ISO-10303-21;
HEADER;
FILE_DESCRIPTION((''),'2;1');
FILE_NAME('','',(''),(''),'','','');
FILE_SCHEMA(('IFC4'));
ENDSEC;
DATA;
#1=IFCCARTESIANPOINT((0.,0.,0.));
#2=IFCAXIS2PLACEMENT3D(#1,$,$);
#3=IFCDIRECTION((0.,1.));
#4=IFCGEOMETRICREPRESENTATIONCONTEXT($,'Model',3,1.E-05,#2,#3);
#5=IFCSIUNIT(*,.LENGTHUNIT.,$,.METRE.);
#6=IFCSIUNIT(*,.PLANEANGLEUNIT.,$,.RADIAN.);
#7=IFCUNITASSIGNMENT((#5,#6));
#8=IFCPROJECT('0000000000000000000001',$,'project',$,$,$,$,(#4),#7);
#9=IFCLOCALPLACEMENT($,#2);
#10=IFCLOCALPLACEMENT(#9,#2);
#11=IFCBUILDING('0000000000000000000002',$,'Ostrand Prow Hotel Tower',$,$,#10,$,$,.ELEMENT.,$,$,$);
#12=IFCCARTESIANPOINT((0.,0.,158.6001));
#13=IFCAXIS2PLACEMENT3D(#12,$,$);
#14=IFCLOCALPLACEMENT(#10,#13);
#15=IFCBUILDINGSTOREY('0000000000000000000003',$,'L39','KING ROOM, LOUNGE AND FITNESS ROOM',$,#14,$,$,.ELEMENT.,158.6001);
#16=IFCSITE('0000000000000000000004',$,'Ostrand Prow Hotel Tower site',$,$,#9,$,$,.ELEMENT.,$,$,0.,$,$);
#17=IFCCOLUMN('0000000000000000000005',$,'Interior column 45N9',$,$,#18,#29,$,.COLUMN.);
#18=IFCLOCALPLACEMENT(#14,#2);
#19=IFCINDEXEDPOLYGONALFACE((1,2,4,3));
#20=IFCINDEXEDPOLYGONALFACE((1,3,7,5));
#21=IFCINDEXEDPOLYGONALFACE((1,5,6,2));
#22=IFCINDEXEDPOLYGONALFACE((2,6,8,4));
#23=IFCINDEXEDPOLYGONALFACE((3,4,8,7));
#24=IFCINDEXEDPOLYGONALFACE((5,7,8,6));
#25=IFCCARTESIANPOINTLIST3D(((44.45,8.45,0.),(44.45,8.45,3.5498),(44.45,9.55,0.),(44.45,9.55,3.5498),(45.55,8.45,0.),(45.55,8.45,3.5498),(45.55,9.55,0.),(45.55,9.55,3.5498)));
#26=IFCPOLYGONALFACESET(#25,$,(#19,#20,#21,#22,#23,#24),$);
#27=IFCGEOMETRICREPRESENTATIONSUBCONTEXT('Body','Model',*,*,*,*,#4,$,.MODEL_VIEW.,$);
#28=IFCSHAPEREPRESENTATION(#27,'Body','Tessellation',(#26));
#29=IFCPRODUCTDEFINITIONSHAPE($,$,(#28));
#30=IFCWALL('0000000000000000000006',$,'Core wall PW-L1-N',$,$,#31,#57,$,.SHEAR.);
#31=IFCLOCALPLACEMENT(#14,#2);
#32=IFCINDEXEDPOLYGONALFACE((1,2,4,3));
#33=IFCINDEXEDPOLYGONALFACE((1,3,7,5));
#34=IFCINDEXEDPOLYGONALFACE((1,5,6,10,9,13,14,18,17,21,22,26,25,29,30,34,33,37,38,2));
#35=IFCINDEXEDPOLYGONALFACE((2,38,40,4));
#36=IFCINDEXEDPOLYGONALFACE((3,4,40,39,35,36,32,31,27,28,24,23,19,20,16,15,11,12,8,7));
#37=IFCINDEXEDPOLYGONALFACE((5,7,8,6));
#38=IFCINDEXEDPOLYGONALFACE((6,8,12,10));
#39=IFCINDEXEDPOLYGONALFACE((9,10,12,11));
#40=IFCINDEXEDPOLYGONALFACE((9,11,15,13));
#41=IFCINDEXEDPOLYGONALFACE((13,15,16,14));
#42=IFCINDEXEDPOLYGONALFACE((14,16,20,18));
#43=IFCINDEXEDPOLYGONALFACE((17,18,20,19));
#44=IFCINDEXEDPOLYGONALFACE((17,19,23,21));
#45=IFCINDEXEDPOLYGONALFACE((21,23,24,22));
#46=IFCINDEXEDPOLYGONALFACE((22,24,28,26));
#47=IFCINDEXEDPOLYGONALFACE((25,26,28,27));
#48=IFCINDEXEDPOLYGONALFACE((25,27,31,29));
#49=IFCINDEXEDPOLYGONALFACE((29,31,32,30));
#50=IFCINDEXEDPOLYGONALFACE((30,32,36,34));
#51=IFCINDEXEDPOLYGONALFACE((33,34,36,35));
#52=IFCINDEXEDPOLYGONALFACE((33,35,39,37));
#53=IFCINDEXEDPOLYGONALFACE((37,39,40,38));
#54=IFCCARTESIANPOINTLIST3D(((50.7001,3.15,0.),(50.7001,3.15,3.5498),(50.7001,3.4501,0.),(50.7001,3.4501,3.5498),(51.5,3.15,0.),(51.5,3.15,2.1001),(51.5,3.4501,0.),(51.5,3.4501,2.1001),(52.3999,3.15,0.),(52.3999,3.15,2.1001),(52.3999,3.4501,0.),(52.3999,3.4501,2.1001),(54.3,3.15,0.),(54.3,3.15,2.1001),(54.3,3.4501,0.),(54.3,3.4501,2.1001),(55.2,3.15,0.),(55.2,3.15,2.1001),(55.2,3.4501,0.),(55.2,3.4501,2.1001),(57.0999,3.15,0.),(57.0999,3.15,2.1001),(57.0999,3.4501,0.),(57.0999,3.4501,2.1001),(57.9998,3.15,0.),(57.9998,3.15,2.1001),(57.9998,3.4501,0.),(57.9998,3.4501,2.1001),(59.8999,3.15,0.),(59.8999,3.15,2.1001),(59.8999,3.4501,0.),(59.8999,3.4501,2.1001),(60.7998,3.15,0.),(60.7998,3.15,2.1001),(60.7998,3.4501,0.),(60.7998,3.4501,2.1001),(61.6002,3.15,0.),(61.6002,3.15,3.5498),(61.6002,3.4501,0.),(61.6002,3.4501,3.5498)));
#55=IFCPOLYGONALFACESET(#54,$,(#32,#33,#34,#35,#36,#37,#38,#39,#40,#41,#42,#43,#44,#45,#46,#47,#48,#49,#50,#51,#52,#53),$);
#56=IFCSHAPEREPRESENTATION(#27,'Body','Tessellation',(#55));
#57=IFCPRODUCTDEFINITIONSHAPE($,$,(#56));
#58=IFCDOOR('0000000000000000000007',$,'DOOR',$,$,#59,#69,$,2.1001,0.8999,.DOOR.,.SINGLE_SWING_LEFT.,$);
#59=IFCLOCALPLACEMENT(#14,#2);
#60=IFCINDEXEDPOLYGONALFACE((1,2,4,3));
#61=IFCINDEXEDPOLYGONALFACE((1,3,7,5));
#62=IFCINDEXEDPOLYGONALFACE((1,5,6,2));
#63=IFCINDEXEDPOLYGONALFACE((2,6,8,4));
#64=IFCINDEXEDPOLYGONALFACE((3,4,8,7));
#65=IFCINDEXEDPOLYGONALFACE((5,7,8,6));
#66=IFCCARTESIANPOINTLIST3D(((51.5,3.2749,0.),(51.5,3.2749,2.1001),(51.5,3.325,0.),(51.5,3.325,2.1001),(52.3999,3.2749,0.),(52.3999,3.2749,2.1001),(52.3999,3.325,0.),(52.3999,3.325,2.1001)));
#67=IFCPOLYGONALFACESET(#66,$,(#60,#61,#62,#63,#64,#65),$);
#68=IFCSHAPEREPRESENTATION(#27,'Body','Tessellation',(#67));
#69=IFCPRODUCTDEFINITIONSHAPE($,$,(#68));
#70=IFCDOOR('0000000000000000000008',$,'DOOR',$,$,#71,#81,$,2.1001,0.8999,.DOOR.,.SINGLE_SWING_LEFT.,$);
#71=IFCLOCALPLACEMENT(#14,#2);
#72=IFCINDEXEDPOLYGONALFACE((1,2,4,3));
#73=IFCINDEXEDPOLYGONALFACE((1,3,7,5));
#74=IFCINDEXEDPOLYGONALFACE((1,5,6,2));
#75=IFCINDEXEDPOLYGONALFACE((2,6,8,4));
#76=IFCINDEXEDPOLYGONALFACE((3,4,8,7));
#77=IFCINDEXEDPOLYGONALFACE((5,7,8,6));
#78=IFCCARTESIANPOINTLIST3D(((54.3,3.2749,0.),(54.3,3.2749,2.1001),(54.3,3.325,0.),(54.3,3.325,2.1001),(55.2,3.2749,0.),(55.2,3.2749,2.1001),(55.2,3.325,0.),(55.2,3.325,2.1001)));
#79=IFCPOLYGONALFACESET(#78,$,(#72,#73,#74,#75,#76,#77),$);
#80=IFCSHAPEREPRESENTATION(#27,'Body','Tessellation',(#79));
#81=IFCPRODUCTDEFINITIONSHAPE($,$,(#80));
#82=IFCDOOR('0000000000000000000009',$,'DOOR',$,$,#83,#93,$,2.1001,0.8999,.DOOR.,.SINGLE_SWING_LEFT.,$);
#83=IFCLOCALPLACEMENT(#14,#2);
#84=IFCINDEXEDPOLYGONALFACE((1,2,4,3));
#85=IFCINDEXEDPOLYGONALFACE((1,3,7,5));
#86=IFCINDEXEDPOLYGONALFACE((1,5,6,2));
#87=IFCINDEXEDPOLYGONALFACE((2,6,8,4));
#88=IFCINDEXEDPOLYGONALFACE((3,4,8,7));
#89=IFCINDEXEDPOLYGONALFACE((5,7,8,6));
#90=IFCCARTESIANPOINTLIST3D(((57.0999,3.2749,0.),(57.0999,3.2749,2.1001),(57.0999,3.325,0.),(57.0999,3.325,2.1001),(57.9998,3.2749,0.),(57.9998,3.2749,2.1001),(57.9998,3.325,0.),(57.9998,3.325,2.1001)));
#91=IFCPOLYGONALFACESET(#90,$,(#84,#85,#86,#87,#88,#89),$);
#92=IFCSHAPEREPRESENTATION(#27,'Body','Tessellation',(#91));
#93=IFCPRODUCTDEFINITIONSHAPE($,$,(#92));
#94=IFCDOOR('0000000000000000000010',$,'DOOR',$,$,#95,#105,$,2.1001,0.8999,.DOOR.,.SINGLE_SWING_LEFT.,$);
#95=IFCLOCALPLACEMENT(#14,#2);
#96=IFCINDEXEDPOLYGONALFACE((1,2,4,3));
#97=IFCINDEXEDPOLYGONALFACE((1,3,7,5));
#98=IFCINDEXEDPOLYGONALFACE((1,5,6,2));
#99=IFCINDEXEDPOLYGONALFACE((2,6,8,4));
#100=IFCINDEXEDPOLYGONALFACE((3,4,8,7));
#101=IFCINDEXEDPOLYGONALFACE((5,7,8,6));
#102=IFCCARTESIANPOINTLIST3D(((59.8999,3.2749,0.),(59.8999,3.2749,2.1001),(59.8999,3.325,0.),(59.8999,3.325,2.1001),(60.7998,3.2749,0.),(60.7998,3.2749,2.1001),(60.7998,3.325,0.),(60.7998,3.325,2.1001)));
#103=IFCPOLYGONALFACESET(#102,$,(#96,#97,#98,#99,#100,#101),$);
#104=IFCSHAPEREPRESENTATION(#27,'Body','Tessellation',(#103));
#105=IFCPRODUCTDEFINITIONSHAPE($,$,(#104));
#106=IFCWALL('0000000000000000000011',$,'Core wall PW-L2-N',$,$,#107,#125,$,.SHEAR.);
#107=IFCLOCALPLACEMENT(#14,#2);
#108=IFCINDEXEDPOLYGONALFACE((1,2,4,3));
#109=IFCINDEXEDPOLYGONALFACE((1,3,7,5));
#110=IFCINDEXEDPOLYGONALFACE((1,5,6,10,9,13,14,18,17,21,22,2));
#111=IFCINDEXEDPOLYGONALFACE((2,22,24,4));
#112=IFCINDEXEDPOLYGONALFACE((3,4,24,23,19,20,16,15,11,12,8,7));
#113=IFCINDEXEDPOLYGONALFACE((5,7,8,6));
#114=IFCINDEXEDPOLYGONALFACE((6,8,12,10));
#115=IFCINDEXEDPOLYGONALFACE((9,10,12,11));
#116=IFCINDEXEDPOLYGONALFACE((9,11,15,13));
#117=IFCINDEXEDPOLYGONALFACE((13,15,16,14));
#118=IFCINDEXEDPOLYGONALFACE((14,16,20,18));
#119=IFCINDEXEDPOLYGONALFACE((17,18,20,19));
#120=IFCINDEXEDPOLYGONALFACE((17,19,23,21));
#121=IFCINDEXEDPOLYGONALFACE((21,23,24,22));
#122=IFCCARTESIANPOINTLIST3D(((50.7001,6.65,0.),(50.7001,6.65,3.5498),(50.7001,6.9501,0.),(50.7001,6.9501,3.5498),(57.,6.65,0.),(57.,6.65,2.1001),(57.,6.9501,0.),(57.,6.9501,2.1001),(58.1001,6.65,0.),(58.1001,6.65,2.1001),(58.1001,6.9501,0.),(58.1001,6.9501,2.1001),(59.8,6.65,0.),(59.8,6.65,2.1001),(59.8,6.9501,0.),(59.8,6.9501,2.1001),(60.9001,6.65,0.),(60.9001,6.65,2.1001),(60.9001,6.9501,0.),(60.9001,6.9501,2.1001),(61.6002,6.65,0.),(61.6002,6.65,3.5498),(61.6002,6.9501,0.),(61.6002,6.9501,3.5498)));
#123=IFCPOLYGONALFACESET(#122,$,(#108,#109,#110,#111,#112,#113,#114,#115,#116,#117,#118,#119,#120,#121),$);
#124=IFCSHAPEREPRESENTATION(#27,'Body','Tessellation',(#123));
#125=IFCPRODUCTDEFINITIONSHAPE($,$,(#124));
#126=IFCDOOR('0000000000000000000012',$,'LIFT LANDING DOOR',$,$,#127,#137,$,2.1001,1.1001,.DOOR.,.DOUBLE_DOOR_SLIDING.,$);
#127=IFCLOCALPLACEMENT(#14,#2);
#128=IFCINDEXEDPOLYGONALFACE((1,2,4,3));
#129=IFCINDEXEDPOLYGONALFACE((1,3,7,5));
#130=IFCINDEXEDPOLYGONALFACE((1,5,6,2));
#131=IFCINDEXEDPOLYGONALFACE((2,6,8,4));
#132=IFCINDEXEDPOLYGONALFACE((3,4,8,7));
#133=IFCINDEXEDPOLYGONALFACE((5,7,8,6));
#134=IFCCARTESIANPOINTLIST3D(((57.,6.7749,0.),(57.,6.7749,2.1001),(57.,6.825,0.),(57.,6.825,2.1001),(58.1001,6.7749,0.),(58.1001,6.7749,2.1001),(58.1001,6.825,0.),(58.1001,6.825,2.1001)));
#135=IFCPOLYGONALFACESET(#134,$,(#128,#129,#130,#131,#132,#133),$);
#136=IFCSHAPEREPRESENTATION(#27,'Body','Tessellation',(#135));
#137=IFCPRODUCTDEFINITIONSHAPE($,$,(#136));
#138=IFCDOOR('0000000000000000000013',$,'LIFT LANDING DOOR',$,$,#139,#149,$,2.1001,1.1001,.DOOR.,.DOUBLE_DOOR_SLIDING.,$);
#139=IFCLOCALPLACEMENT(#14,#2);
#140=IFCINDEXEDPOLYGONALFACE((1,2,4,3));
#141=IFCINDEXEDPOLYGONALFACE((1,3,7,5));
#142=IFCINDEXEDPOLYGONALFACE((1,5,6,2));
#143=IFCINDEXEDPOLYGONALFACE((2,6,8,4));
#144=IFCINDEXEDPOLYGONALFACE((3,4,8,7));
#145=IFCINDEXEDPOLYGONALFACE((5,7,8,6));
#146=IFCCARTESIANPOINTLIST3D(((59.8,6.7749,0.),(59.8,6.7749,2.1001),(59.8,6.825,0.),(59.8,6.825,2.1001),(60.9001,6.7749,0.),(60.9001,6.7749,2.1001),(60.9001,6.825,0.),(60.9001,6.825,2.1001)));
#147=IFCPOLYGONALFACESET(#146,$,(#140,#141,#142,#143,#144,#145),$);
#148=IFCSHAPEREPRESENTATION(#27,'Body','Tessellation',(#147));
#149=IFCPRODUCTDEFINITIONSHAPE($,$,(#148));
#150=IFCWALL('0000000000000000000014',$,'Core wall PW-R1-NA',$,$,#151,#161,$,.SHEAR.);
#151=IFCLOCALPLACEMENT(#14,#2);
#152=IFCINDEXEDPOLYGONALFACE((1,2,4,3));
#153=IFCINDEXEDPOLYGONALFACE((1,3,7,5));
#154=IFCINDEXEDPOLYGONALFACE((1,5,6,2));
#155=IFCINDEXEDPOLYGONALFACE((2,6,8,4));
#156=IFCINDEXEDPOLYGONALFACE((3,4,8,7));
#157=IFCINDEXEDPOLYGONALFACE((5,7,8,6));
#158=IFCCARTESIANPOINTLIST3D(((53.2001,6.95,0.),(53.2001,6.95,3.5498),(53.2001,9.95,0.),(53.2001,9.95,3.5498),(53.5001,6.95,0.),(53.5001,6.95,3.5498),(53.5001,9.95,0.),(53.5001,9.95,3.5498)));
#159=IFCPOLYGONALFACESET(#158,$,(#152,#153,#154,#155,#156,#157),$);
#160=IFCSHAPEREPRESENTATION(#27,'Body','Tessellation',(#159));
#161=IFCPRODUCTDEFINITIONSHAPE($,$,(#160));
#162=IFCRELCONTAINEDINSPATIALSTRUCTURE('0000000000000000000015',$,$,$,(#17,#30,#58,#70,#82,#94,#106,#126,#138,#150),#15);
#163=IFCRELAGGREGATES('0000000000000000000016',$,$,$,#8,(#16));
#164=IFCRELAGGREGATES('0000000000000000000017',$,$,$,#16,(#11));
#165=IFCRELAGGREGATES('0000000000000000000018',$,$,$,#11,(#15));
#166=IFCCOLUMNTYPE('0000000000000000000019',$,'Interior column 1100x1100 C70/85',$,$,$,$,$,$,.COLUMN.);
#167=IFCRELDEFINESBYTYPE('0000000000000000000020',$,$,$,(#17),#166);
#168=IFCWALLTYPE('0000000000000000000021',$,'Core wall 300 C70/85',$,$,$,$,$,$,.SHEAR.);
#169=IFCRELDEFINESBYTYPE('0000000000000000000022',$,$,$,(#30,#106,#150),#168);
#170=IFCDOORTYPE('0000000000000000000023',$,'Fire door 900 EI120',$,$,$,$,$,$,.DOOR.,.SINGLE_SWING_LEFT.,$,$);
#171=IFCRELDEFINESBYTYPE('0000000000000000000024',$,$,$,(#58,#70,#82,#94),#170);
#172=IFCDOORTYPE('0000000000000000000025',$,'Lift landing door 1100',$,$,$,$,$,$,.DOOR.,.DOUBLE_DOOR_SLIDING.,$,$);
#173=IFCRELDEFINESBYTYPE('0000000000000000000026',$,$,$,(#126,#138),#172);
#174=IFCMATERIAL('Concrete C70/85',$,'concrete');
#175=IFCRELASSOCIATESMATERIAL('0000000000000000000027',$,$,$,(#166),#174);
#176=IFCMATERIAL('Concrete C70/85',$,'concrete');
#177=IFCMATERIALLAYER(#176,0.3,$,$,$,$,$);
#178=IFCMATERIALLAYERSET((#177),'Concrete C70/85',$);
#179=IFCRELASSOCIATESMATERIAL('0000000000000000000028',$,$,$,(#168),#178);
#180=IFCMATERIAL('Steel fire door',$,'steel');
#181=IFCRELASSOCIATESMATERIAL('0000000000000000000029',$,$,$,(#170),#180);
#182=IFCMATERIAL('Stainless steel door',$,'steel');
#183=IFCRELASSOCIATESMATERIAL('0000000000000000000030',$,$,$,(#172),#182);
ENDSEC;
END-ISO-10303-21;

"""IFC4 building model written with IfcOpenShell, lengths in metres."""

from ifc_helpers import new_model, si_unit, direction, frame, frame_2d, origin, origin_2d, place, context, subcontext, project, spatial, rectangle, extrude, material, layer, layer_set, material_profile, profile_set, type_object, element, fill, save


model = new_model("IFC4")

# Units and contexts
model_context = context("Model", 3, precision=1e-05, world=origin(), true_north=direction((0.0, 1.0)))
body_context = subcontext(model_context, "Body", "Model", "MODEL_VIEW")
ifc_project = project(units=[si_unit("LENGTHUNIT", "METRE"), si_unit("PLANEANGLEUNIT", "RADIAN")], contexts=[model_context])

# Site, building, storey
site_placement = place(None, origin())
site = spatial("IfcSite", under=ifc_project, at=site_placement, Name="Ostrand Prow Hotel Tower site", CompositionType="ELEMENT", RefElevation=0.0)
building_placement = place(site_placement, origin())
building = spatial("IfcBuilding", under=site, at=building_placement, Name="Ostrand Prow Hotel Tower", CompositionType="ELEMENT")
storey_placement = place(building_placement, frame((0.0, 0.0, 158.6001)))
storey = spatial("IfcBuildingStorey", under=building, at=storey_placement, Name="L39", Description="KING ROOM, LOUNGE AND FITNESS ROOM", CompositionType="ELEMENT", Elevation=158.6001)

# Column
ifc_material_1 = material(Name="Concrete C70/85", Category="concrete")
ifc_material_profile = material_profile(ifc_material_1, rectangle(XDim=1.1001, YDim=1.1001, at=origin_2d()), Name="RC 1100x1100")
ifc_profile_set = profile_set([ifc_material_profile], Name="Concrete C70/85")
column_type = type_object("IfcColumnType", Name="Interior column 1100x1100 C70/85", PredefinedType="COLUMN", material=ifc_profile_set)
column_placement = place(storey_placement, frame((45.0, 9.0, 0.0), z_axis=(0.0, 0.0, 1.0), x_axis=(1.0, 0.0, 0.0)))
element("IfcColumn", 1, at=column_placement, inside=storey, type_object=column_type, Name="Interior column 45N9", PredefinedType="COLUMN", context=body_context, shape_type="SweptSolid", body=[
    extrude(rectangle(XDim=1.1001, YDim=1.1001, at=origin_2d()), origin(), (0.0, 0.0, 1.0), 3.5498),
])

# Walls, openings, doors
ifc_material_2 = material(Name="Concrete C70/85", Category="concrete")
ifc_layer_1 = layer(ifc_material_2, 0.3)
ifc_layer_set_1 = layer_set([ifc_layer_1], Name="Concrete C70/85")
wall_type_1 = type_object("IfcWallType", Name="Core wall 300 C70/85", PredefinedType="SHEAR", material=ifc_layer_set_1)
wall_1_placement = place(storey_placement, frame((50.7, 3.3, 0.0), z_axis=(0.0, 0.0, 1.0), x_axis=(1.0, 0.0, 0.0)))
wall_1 = element("IfcWall", 2, at=wall_1_placement, inside=storey, type_object=wall_type_1, Name="Core wall PW-L1-N", PredefinedType="SHEAR", context=body_context, shape_type="SweptSolid", body=[
    extrude(rectangle(XDim=10.9001, YDim=0.3, at=frame_2d((5.4502, 0.0))), origin(), (0.0, 0.0, 1.0), 3.5498),
])
opening_1_placement = place(wall_1_placement, frame((0.8, 0.0, 0.0)))
opening_1 = element("IfcOpeningElement", 3, at=opening_1_placement, cuts=wall_1, PredefinedType="OPENING", context=body_context, shape_type="SweptSolid", body=[
    extrude(rectangle(XDim=0.8999, YDim=2.1001, at=frame_2d((0.45, 1.05))), frame((0.0, 0.1599, 0.0), z_axis=(0.0, -1.0, 0.0), x_axis=(1.0, 0.0, 0.0)), (0.0, 0.0, 1.0), 0.3201),
])
opening_2_placement = place(wall_1_placement, frame((3.6001, 0.0, 0.0)))
opening_2 = element("IfcOpeningElement", 4, at=opening_2_placement, cuts=wall_1, PredefinedType="OPENING", context=body_context, shape_type="SweptSolid", body=[
    extrude(rectangle(XDim=0.8999, YDim=2.1001, at=frame_2d((0.45, 1.05))), frame((0.0, 0.1599, 0.0), z_axis=(0.0, -1.0, 0.0), x_axis=(1.0, 0.0, 0.0)), (0.0, 0.0, 1.0), 0.3201),
])
opening_3_placement = place(wall_1_placement, frame((6.3999, 0.0, 0.0)))
opening_3 = element("IfcOpeningElement", 5, at=opening_3_placement, cuts=wall_1, PredefinedType="OPENING", context=body_context, shape_type="SweptSolid", body=[
    extrude(rectangle(XDim=0.8999, YDim=2.1001, at=frame_2d((0.45, 1.05))), frame((0.0, 0.1599, 0.0), z_axis=(0.0, -1.0, 0.0), x_axis=(1.0, 0.0, 0.0)), (0.0, 0.0, 1.0), 0.3201),
])
opening_4_placement = place(wall_1_placement, frame((9.2, 0.0, 0.0)))
opening_4 = element("IfcOpeningElement", 6, at=opening_4_placement, cuts=wall_1, PredefinedType="OPENING", context=body_context, shape_type="SweptSolid", body=[
    extrude(rectangle(XDim=0.8999, YDim=2.1001, at=frame_2d((0.45, 1.05))), frame((0.0, 0.1599, 0.0), z_axis=(0.0, -1.0, 0.0), x_axis=(1.0, 0.0, 0.0)), (0.0, 0.0, 1.0), 0.3201),
])
ifc_material_3 = material(Name="Steel fire door", Category="steel")
door_type_1 = type_object("IfcDoorType", Name="Fire door 900 EI120", OperationType="SINGLE_SWING_LEFT", PredefinedType="DOOR", material=ifc_material_3)
door_1_placement = place(opening_1_placement, origin())
door_1 = element("IfcDoor", 7, at=door_1_placement, inside=storey, type_object=door_type_1, Name="DOOR", OperationType="SINGLE_SWING_LEFT", OverallHeight=2.1001, OverallWidth=0.8999, PredefinedType="DOOR", context=body_context, shape_type="SweptSolid", body=[
    extrude(rectangle(XDim=0.8999, YDim=2.1001, at=frame_2d((0.45, 1.05))), frame((0.0, 0.0249, 0.0), z_axis=(0.0, -1.0, 0.0), x_axis=(1.0, 0.0, 0.0)), (0.0, 0.0, 1.0), 0.05),
])
fill(opening_1, door_1)
door_2_placement = place(opening_2_placement, origin())
door_2 = element("IfcDoor", 8, at=door_2_placement, inside=storey, type_object=door_type_1, Name="DOOR", OperationType="SINGLE_SWING_LEFT", OverallHeight=2.1001, OverallWidth=0.8999, PredefinedType="DOOR", context=body_context, shape_type="SweptSolid", body=[
    extrude(rectangle(XDim=0.8999, YDim=2.1001, at=frame_2d((0.45, 1.05))), frame((0.0, 0.0249, 0.0), z_axis=(0.0, -1.0, 0.0), x_axis=(1.0, 0.0, 0.0)), (0.0, 0.0, 1.0), 0.05),
])
fill(opening_2, door_2)
door_3_placement = place(opening_3_placement, origin())
door_3 = element("IfcDoor", 9, at=door_3_placement, inside=storey, type_object=door_type_1, Name="DOOR", OperationType="SINGLE_SWING_LEFT", OverallHeight=2.1001, OverallWidth=0.8999, PredefinedType="DOOR", context=body_context, shape_type="SweptSolid", body=[
    extrude(rectangle(XDim=0.8999, YDim=2.1001, at=frame_2d((0.45, 1.05))), frame((0.0, 0.0249, 0.0), z_axis=(0.0, -1.0, 0.0), x_axis=(1.0, 0.0, 0.0)), (0.0, 0.0, 1.0), 0.05),
])
fill(opening_3, door_3)
door_4_placement = place(opening_4_placement, origin())
door_4 = element("IfcDoor", 10, at=door_4_placement, inside=storey, type_object=door_type_1, Name="DOOR", OperationType="SINGLE_SWING_LEFT", OverallHeight=2.1001, OverallWidth=0.8999, PredefinedType="DOOR", context=body_context, shape_type="SweptSolid", body=[
    extrude(rectangle(XDim=0.8999, YDim=2.1001, at=frame_2d((0.45, 1.05))), frame((0.0, 0.0249, 0.0), z_axis=(0.0, -1.0, 0.0), x_axis=(1.0, 0.0, 0.0)), (0.0, 0.0, 1.0), 0.05),
])
fill(opening_4, door_4)
wall_2_placement = place(storey_placement, frame((50.7, 6.8, 0.0), z_axis=(0.0, 0.0, 1.0), x_axis=(1.0, 0.0, 0.0)))
wall_2 = element("IfcWall", 11, at=wall_2_placement, inside=storey, type_object=wall_type_1, Name="Core wall PW-L2-N", PredefinedType="SHEAR", context=body_context, shape_type="SweptSolid", body=[
    extrude(rectangle(XDim=10.9001, YDim=0.3, at=frame_2d((5.4502, 0.0))), origin(), (0.0, 0.0, 1.0), 3.5498),
])
opening_5_placement = place(wall_2_placement, frame((6.3, 0.0, 0.0)))
opening_5 = element("IfcOpeningElement", 12, at=opening_5_placement, cuts=wall_2, PredefinedType="OPENING", context=body_context, shape_type="SweptSolid", body=[
    extrude(rectangle(XDim=1.1001, YDim=2.1001, at=frame_2d((0.55, 1.05))), frame((0.0, 0.1599, 0.0), z_axis=(0.0, -1.0, 0.0), x_axis=(1.0, 0.0, 0.0)), (0.0, 0.0, 1.0), 0.3201),
])
opening_6_placement = place(wall_2_placement, frame((9.1001, 0.0, 0.0)))
opening_6 = element("IfcOpeningElement", 13, at=opening_6_placement, cuts=wall_2, PredefinedType="OPENING", context=body_context, shape_type="SweptSolid", body=[
    extrude(rectangle(XDim=1.1001, YDim=2.1001, at=frame_2d((0.55, 1.05))), frame((0.0, 0.1599, 0.0), z_axis=(0.0, -1.0, 0.0), x_axis=(1.0, 0.0, 0.0)), (0.0, 0.0, 1.0), 0.3201),
])
ifc_material_4 = material(Name="Stainless steel door", Category="steel")
door_type_2 = type_object("IfcDoorType", Name="Lift landing door 1100", OperationType="DOUBLE_DOOR_SLIDING", PredefinedType="DOOR", material=ifc_material_4)
door_5_placement = place(opening_5_placement, origin())
door_5 = element("IfcDoor", 14, at=door_5_placement, inside=storey, type_object=door_type_2, Name="LIFT LANDING DOOR", OperationType="DOUBLE_DOOR_SLIDING", OverallHeight=2.1001, OverallWidth=1.1001, PredefinedType="DOOR", context=body_context, shape_type="SweptSolid", body=[
    extrude(rectangle(XDim=1.1001, YDim=2.1001, at=frame_2d((0.55, 1.05))), frame((0.0, 0.0249, 0.0), z_axis=(0.0, -1.0, 0.0), x_axis=(1.0, 0.0, 0.0)), (0.0, 0.0, 1.0), 0.05),
])
fill(opening_5, door_5)
door_6_placement = place(opening_6_placement, origin())
door_6 = element("IfcDoor", 15, at=door_6_placement, inside=storey, type_object=door_type_2, Name="LIFT LANDING DOOR", OperationType="DOUBLE_DOOR_SLIDING", OverallHeight=2.1001, OverallWidth=1.1001, PredefinedType="DOOR", context=body_context, shape_type="SweptSolid", body=[
    extrude(rectangle(XDim=1.1001, YDim=2.1001, at=frame_2d((0.55, 1.05))), frame((0.0, 0.0249, 0.0), z_axis=(0.0, -1.0, 0.0), x_axis=(1.0, 0.0, 0.0)), (0.0, 0.0, 1.0), 0.05),
])
fill(opening_6, door_6)

# Wall
for number, where, z_axis, x_axis, name in (
    (16, (53.3501, 6.95, 0.0), (0.0, 0.0, 1.0), (0.0, 1.0, 0.0), "Core wall PW-R1-NA"),
):
    element("IfcWall", number, at=place(storey_placement, frame(where, z_axis=z_axis, x_axis=x_axis)), inside=storey, type_object=wall_type_1, Name=name, PredefinedType="SHEAR", context=body_context, shape_type="SweptSolid", body=[
        extrude(rectangle(XDim=3.0, YDim=0.3, at=frame_2d((1.5, 0.0))), origin(), (0.0, 0.0, 1.0), 3.5498),
    ])

save(model, "model.ifc")
